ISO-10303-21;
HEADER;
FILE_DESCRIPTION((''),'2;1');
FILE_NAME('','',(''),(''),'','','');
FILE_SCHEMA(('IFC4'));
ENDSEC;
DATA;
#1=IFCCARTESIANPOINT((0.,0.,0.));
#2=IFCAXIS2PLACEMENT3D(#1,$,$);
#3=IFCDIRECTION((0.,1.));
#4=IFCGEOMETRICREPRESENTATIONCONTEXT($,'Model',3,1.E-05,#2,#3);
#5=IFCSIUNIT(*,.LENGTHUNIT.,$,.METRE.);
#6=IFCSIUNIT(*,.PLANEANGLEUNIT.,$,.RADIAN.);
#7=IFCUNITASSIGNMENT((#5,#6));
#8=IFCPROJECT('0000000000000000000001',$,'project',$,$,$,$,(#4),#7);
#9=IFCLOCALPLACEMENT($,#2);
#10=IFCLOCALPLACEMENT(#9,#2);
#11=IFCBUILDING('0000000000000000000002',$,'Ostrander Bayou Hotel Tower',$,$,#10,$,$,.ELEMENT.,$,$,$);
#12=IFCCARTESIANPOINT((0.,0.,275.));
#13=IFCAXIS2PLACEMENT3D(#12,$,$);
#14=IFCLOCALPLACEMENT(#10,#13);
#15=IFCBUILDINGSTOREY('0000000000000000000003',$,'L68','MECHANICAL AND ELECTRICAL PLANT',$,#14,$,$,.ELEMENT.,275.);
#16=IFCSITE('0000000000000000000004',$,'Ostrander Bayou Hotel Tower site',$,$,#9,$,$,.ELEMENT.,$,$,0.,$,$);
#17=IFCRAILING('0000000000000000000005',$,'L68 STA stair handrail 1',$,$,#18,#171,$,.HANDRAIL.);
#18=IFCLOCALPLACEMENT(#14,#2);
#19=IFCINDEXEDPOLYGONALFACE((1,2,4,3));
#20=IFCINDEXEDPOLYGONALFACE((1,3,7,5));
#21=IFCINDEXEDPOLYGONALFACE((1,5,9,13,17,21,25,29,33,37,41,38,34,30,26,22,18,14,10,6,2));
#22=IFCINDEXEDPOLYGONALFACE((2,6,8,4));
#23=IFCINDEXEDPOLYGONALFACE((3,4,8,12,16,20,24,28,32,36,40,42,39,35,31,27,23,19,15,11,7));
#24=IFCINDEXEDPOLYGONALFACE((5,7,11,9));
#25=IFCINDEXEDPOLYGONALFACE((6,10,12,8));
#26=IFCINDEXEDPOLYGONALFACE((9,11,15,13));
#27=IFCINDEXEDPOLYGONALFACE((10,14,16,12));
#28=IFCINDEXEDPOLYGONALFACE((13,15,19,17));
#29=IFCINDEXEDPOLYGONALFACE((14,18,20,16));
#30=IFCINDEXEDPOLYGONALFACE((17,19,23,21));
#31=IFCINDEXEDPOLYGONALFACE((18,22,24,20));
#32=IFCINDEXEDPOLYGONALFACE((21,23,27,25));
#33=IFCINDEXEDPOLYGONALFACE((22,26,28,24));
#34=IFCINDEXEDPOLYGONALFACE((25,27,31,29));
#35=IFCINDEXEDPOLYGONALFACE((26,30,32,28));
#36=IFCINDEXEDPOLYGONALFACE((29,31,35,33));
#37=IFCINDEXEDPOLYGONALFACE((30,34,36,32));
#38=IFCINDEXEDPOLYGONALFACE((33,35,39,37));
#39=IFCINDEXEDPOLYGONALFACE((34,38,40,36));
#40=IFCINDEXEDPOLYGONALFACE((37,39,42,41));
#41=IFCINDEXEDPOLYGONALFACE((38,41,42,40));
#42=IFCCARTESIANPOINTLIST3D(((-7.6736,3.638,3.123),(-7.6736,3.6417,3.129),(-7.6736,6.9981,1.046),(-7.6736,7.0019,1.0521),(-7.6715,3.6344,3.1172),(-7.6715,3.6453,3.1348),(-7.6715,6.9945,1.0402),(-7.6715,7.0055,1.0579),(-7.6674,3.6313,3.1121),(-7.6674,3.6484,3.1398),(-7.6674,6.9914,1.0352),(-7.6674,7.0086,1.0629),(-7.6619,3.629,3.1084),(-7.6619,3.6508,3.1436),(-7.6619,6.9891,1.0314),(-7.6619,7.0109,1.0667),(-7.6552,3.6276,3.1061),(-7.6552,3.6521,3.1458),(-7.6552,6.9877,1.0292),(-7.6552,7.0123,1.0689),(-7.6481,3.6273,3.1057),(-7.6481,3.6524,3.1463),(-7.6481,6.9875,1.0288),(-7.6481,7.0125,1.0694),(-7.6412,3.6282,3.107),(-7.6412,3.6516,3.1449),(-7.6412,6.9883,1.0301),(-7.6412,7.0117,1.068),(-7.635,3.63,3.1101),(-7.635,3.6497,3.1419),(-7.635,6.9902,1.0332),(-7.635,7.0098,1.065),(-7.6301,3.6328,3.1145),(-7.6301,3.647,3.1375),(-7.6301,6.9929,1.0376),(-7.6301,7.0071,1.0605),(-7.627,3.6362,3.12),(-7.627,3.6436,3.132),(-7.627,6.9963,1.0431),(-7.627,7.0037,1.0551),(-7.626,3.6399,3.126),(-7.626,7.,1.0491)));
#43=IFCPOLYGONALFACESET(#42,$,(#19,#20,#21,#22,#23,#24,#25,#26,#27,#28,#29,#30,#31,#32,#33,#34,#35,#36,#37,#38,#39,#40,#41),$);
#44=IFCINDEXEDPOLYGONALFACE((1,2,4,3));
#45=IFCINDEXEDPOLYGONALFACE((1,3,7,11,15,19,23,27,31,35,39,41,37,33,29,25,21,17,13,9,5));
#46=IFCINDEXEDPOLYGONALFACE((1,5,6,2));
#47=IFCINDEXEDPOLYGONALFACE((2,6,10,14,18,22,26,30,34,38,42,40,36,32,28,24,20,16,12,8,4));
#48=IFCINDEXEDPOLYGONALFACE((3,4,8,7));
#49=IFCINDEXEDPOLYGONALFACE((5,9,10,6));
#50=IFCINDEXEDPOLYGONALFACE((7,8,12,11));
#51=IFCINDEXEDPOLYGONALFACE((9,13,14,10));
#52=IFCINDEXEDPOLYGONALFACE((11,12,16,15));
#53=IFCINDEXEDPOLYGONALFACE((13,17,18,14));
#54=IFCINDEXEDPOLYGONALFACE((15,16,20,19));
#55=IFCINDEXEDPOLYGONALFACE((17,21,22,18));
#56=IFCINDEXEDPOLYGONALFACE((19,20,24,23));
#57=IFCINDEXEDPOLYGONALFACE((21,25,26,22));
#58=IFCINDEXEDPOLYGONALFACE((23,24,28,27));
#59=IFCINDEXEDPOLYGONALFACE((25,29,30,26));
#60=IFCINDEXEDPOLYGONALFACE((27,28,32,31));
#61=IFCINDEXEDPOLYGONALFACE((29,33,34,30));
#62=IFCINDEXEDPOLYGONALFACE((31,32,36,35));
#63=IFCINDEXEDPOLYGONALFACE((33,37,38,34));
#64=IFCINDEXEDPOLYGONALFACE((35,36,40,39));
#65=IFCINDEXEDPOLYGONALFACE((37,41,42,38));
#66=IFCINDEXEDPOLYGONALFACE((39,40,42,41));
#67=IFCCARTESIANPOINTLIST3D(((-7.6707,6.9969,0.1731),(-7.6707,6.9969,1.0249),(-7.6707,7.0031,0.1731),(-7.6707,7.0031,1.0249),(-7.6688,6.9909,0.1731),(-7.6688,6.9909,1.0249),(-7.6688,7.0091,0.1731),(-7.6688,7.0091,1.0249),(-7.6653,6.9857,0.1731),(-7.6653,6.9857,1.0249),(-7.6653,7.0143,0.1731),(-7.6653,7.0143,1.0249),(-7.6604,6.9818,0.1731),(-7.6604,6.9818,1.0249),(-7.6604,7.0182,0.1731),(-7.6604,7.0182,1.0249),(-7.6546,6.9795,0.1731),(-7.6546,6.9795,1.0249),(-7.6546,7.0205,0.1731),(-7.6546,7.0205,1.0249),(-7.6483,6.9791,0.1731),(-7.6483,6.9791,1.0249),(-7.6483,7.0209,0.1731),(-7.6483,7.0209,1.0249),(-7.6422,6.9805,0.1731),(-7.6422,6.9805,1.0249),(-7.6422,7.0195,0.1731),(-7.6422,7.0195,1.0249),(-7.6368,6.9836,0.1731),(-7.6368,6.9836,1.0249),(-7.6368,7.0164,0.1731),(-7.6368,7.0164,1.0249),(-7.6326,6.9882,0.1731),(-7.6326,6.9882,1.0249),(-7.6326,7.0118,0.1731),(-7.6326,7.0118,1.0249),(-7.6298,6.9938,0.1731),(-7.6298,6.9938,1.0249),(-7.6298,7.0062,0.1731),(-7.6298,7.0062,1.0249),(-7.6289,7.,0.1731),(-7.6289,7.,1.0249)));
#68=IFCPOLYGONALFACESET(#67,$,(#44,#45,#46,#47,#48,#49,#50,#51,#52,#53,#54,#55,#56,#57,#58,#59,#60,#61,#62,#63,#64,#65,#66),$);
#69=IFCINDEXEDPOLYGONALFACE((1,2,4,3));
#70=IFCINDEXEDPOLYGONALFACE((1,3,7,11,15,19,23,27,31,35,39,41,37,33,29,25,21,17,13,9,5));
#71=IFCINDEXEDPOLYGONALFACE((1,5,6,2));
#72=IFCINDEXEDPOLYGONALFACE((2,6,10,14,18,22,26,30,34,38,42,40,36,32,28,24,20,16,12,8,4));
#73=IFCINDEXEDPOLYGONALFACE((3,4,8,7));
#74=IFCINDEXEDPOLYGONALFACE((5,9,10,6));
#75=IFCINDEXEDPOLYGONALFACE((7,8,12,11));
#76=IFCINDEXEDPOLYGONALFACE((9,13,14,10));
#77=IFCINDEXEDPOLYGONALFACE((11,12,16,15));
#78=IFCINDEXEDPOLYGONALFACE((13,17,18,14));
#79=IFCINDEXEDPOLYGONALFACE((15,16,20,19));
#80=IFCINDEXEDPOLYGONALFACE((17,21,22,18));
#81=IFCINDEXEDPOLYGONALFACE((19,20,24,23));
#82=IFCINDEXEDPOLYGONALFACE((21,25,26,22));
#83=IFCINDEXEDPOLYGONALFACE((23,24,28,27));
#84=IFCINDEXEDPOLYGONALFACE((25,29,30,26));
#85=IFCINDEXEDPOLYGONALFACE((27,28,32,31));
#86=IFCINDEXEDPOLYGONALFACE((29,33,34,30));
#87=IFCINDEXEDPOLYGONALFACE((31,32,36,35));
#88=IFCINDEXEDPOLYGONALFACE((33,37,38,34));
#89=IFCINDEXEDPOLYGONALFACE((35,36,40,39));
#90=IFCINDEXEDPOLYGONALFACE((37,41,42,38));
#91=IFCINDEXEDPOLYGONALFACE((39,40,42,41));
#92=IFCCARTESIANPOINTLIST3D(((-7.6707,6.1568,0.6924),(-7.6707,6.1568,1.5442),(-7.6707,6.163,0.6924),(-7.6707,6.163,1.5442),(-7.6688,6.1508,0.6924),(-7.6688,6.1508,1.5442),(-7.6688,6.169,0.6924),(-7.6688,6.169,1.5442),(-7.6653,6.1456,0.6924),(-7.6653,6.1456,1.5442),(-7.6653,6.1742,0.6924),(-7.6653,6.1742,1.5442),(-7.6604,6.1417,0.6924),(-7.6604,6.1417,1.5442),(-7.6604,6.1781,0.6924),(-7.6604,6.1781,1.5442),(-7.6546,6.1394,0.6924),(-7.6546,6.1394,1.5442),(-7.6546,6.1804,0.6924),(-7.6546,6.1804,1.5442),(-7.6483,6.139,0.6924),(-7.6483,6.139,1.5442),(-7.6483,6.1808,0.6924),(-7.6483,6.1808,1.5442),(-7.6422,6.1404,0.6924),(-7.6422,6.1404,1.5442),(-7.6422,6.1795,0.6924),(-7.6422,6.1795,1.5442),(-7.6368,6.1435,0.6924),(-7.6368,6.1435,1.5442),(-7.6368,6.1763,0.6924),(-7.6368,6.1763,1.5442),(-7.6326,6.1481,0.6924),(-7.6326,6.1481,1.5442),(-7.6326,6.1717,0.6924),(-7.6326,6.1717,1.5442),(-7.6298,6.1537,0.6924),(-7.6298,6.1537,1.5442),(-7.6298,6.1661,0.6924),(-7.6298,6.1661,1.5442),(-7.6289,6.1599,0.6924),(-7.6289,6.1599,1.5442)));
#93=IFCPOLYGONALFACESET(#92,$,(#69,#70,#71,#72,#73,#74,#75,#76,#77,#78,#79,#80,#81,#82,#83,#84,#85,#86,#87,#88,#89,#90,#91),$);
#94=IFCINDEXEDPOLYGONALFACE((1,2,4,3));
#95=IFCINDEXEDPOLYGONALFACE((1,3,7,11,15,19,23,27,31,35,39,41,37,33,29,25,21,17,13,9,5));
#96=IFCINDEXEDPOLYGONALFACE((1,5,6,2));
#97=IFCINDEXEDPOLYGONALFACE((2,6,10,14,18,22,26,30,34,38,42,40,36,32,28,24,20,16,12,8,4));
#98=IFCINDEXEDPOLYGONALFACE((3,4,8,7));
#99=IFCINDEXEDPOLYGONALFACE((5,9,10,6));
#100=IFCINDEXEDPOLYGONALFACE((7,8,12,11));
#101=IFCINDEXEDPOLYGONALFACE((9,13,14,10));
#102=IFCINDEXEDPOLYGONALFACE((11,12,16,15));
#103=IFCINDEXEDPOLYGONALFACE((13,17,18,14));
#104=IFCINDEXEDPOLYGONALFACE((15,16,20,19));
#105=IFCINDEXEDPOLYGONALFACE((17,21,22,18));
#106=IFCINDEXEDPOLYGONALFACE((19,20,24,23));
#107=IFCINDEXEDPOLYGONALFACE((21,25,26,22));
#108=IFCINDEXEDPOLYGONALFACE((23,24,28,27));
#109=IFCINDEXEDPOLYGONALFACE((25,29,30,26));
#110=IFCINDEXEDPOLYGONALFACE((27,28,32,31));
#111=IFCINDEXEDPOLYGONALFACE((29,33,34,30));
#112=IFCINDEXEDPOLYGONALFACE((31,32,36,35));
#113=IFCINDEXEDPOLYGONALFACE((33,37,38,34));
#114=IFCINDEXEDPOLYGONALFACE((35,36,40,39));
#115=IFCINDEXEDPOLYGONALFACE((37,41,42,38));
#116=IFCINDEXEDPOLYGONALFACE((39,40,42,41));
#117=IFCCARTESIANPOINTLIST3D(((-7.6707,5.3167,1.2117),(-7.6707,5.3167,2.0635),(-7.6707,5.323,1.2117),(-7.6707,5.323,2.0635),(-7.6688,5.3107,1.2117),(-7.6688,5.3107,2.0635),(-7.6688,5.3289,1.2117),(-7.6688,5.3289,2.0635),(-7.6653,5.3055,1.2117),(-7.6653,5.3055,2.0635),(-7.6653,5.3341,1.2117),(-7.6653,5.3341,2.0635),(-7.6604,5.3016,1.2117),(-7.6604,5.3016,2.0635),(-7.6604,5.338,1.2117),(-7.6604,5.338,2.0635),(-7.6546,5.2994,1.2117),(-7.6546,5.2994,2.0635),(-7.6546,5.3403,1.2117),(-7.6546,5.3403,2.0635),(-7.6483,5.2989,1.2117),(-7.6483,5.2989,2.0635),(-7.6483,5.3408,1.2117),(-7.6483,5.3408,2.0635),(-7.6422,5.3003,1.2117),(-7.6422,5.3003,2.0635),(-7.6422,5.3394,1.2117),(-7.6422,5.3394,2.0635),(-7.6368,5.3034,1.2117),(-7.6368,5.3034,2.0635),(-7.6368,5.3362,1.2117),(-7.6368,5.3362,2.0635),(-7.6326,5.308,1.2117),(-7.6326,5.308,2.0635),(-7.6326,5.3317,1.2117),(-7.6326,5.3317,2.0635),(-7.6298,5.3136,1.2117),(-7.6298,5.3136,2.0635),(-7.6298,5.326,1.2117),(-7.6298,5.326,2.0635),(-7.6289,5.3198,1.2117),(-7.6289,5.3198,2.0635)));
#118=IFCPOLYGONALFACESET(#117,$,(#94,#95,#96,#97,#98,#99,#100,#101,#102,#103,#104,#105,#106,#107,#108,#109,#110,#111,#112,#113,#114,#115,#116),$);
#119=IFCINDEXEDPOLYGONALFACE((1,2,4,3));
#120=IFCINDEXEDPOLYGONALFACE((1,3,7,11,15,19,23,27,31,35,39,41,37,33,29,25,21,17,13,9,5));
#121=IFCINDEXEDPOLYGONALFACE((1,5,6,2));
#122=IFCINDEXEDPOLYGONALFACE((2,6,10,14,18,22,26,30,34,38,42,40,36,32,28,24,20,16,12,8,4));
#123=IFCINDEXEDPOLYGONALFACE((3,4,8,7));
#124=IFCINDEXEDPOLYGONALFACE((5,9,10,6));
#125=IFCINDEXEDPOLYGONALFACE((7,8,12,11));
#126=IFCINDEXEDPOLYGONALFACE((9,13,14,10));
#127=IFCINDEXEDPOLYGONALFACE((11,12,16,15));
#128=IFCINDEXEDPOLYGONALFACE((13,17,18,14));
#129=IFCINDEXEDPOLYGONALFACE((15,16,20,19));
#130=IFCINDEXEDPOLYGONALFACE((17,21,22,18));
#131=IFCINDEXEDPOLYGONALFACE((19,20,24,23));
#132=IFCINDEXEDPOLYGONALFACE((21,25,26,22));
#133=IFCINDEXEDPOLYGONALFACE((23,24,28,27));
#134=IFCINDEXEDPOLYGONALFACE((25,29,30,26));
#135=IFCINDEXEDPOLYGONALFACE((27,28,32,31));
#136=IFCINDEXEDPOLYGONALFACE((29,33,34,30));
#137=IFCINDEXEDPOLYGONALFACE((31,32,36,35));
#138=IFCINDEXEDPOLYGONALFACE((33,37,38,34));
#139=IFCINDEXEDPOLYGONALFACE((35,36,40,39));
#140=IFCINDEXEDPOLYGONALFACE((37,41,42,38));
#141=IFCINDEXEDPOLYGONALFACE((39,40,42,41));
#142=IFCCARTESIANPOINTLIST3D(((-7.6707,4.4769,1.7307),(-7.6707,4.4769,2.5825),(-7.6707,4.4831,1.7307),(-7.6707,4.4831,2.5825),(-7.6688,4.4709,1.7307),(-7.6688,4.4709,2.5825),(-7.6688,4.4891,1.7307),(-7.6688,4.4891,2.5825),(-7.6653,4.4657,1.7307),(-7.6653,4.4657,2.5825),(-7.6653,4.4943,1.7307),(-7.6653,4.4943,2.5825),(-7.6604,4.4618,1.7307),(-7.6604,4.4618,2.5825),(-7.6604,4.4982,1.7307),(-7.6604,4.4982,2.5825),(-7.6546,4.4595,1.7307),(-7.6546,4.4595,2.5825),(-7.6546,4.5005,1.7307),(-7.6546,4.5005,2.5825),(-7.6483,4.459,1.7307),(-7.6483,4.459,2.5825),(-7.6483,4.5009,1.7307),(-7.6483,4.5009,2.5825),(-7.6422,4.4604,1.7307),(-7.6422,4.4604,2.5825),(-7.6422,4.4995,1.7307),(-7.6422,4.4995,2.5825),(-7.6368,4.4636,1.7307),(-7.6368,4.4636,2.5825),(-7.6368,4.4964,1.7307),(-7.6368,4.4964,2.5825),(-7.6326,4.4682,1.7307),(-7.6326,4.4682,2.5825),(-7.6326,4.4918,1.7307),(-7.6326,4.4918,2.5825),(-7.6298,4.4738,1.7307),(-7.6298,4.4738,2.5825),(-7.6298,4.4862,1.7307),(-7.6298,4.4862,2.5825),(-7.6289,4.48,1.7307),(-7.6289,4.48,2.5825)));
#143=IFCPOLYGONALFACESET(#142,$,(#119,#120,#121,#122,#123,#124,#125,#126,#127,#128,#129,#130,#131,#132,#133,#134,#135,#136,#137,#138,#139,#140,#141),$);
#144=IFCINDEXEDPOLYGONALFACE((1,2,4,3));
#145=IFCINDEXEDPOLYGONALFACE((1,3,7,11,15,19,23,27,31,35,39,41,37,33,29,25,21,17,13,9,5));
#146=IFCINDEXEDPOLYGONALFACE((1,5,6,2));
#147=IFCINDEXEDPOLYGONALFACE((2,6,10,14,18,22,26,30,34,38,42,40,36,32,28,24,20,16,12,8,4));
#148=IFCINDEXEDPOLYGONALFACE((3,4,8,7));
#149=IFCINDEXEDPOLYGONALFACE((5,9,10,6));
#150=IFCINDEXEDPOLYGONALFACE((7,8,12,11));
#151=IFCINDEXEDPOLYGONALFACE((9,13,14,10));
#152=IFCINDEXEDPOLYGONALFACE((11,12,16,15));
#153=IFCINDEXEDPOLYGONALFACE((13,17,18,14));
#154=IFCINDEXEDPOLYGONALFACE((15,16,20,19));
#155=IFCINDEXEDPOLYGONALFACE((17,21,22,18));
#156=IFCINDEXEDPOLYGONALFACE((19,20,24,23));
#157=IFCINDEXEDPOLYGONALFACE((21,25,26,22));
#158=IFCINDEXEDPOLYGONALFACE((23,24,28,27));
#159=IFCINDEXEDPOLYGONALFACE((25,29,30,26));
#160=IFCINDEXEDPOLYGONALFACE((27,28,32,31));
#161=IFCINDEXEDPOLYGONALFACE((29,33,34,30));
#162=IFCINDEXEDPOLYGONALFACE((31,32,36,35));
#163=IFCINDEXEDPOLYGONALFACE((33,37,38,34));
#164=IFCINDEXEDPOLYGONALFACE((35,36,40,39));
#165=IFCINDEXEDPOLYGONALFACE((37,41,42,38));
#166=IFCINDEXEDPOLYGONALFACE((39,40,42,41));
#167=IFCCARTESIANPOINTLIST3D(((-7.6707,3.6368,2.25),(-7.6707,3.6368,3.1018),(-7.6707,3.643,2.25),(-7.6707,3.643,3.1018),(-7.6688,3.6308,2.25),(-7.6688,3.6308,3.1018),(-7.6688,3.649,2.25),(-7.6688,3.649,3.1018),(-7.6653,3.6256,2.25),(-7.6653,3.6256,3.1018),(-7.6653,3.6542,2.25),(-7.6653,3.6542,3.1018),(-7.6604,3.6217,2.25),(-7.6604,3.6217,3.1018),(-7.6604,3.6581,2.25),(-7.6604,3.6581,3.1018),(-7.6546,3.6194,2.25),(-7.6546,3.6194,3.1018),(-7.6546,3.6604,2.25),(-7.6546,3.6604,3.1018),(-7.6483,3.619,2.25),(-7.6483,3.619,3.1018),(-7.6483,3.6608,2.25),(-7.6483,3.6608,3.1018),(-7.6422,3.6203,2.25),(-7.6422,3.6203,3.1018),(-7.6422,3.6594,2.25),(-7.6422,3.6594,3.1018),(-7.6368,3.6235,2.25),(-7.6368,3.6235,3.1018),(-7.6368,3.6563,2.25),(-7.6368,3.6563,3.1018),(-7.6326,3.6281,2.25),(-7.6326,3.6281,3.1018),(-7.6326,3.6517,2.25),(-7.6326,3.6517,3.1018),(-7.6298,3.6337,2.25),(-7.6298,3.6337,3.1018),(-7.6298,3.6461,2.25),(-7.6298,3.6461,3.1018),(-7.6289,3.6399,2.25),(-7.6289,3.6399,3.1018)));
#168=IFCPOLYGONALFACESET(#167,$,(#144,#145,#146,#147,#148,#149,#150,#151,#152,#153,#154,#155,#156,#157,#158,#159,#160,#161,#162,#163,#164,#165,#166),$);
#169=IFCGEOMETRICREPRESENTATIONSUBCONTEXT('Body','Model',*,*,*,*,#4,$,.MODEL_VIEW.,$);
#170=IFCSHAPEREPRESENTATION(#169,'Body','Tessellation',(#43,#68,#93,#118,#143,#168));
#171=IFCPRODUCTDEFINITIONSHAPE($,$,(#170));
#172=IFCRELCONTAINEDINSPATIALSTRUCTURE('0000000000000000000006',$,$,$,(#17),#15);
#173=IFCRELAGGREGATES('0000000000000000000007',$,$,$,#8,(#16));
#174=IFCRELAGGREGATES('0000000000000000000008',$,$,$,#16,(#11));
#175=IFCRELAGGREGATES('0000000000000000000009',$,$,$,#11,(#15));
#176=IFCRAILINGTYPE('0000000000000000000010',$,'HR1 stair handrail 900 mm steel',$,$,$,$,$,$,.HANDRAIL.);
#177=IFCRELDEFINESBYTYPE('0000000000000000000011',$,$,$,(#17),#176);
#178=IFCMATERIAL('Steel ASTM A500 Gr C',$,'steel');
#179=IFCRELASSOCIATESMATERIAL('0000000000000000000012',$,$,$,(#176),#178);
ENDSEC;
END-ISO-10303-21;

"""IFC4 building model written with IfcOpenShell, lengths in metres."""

from ifc_helpers import new_model, si_unit, direction, frame, origin, origin_2d, place, context, subcontext, project, spatial, circle, extrude, material, type_object, element, save


model = new_model("IFC4")

# Units and contexts
model_context = context("Model", 3, precision=1e-05, world=origin(), true_north=direction((0.0, 1.0)))
body_context = subcontext(model_context, "Body", "Model", "MODEL_VIEW")
ifc_project = project(units=[si_unit("LENGTHUNIT", "METRE"), si_unit("PLANEANGLEUNIT", "RADIAN")], contexts=[model_context])

# Site, building, storey
site_placement = place(None, origin())
site = spatial("IfcSite", under=ifc_project, at=site_placement, Name="Ostrander Bayou Hotel Tower site", CompositionType="ELEMENT", RefElevation=0.0)
building_placement = place(site_placement, origin())
building = spatial("IfcBuilding", under=site, at=building_placement, Name="Ostrander Bayou Hotel Tower", CompositionType="ELEMENT")
storey_placement = place(building_placement, frame((0.0, 0.0, 275.0)))
storey = spatial("IfcBuildingStorey", under=building, at=storey_placement, Name="L68", Description="MECHANICAL AND ELECTRICAL PLANT", CompositionType="ELEMENT", Elevation=275.0)

# Railing
ifc_material_1 = material(Name="Steel ASTM A500 Gr C", Category="steel")
railing_type_1 = type_object("IfcRailingType", Name="HR1 stair handrail 900 mm steel", PredefinedType="HANDRAIL", material=ifc_material_1)
railing_1_placement = place(storey_placement, frame((-7.6499, 7.0, 0.1731)))
element("IfcRailing", 1, at=railing_1_placement, inside=storey, type_object=railing_type_1, Name="L68 STA stair handrail 1", PredefinedType="HANDRAIL", context=body_context, shape_type="SweptSolid", body=[
    extrude(circle(Radius=0.0239, at=origin_2d()), frame((0.0, 0.0, 0.876), z_axis=(0.0, -0.850623, 0.525776), x_axis=(1.0, 0.0, 0.0)), (0.0, 0.0, 1.0), 3.9502),
    extrude(circle(Radius=0.021, at=origin_2d()), origin(), (0.0, 0.0, 1.0), 0.8518),
    extrude(circle(Radius=0.021, at=origin_2d()), frame((0.0, -0.8401, 0.5193)), (0.0, 0.0, 1.0), 0.8518),
    extrude(circle(Radius=0.021, at=origin_2d()), frame((0.0, -1.6802, 1.0386)), (0.0, 0.0, 1.0), 0.8518),
    extrude(circle(Radius=0.021, at=origin_2d()), frame((0.0, -2.52, 1.5576)), (0.0, 0.0, 1.0), 0.8518),
    extrude(circle(Radius=0.021, at=origin_2d()), frame((0.0, -3.3601, 2.0769)), (0.0, 0.0, 1.0), 0.8518),
])

save(model, "model.ifc")
